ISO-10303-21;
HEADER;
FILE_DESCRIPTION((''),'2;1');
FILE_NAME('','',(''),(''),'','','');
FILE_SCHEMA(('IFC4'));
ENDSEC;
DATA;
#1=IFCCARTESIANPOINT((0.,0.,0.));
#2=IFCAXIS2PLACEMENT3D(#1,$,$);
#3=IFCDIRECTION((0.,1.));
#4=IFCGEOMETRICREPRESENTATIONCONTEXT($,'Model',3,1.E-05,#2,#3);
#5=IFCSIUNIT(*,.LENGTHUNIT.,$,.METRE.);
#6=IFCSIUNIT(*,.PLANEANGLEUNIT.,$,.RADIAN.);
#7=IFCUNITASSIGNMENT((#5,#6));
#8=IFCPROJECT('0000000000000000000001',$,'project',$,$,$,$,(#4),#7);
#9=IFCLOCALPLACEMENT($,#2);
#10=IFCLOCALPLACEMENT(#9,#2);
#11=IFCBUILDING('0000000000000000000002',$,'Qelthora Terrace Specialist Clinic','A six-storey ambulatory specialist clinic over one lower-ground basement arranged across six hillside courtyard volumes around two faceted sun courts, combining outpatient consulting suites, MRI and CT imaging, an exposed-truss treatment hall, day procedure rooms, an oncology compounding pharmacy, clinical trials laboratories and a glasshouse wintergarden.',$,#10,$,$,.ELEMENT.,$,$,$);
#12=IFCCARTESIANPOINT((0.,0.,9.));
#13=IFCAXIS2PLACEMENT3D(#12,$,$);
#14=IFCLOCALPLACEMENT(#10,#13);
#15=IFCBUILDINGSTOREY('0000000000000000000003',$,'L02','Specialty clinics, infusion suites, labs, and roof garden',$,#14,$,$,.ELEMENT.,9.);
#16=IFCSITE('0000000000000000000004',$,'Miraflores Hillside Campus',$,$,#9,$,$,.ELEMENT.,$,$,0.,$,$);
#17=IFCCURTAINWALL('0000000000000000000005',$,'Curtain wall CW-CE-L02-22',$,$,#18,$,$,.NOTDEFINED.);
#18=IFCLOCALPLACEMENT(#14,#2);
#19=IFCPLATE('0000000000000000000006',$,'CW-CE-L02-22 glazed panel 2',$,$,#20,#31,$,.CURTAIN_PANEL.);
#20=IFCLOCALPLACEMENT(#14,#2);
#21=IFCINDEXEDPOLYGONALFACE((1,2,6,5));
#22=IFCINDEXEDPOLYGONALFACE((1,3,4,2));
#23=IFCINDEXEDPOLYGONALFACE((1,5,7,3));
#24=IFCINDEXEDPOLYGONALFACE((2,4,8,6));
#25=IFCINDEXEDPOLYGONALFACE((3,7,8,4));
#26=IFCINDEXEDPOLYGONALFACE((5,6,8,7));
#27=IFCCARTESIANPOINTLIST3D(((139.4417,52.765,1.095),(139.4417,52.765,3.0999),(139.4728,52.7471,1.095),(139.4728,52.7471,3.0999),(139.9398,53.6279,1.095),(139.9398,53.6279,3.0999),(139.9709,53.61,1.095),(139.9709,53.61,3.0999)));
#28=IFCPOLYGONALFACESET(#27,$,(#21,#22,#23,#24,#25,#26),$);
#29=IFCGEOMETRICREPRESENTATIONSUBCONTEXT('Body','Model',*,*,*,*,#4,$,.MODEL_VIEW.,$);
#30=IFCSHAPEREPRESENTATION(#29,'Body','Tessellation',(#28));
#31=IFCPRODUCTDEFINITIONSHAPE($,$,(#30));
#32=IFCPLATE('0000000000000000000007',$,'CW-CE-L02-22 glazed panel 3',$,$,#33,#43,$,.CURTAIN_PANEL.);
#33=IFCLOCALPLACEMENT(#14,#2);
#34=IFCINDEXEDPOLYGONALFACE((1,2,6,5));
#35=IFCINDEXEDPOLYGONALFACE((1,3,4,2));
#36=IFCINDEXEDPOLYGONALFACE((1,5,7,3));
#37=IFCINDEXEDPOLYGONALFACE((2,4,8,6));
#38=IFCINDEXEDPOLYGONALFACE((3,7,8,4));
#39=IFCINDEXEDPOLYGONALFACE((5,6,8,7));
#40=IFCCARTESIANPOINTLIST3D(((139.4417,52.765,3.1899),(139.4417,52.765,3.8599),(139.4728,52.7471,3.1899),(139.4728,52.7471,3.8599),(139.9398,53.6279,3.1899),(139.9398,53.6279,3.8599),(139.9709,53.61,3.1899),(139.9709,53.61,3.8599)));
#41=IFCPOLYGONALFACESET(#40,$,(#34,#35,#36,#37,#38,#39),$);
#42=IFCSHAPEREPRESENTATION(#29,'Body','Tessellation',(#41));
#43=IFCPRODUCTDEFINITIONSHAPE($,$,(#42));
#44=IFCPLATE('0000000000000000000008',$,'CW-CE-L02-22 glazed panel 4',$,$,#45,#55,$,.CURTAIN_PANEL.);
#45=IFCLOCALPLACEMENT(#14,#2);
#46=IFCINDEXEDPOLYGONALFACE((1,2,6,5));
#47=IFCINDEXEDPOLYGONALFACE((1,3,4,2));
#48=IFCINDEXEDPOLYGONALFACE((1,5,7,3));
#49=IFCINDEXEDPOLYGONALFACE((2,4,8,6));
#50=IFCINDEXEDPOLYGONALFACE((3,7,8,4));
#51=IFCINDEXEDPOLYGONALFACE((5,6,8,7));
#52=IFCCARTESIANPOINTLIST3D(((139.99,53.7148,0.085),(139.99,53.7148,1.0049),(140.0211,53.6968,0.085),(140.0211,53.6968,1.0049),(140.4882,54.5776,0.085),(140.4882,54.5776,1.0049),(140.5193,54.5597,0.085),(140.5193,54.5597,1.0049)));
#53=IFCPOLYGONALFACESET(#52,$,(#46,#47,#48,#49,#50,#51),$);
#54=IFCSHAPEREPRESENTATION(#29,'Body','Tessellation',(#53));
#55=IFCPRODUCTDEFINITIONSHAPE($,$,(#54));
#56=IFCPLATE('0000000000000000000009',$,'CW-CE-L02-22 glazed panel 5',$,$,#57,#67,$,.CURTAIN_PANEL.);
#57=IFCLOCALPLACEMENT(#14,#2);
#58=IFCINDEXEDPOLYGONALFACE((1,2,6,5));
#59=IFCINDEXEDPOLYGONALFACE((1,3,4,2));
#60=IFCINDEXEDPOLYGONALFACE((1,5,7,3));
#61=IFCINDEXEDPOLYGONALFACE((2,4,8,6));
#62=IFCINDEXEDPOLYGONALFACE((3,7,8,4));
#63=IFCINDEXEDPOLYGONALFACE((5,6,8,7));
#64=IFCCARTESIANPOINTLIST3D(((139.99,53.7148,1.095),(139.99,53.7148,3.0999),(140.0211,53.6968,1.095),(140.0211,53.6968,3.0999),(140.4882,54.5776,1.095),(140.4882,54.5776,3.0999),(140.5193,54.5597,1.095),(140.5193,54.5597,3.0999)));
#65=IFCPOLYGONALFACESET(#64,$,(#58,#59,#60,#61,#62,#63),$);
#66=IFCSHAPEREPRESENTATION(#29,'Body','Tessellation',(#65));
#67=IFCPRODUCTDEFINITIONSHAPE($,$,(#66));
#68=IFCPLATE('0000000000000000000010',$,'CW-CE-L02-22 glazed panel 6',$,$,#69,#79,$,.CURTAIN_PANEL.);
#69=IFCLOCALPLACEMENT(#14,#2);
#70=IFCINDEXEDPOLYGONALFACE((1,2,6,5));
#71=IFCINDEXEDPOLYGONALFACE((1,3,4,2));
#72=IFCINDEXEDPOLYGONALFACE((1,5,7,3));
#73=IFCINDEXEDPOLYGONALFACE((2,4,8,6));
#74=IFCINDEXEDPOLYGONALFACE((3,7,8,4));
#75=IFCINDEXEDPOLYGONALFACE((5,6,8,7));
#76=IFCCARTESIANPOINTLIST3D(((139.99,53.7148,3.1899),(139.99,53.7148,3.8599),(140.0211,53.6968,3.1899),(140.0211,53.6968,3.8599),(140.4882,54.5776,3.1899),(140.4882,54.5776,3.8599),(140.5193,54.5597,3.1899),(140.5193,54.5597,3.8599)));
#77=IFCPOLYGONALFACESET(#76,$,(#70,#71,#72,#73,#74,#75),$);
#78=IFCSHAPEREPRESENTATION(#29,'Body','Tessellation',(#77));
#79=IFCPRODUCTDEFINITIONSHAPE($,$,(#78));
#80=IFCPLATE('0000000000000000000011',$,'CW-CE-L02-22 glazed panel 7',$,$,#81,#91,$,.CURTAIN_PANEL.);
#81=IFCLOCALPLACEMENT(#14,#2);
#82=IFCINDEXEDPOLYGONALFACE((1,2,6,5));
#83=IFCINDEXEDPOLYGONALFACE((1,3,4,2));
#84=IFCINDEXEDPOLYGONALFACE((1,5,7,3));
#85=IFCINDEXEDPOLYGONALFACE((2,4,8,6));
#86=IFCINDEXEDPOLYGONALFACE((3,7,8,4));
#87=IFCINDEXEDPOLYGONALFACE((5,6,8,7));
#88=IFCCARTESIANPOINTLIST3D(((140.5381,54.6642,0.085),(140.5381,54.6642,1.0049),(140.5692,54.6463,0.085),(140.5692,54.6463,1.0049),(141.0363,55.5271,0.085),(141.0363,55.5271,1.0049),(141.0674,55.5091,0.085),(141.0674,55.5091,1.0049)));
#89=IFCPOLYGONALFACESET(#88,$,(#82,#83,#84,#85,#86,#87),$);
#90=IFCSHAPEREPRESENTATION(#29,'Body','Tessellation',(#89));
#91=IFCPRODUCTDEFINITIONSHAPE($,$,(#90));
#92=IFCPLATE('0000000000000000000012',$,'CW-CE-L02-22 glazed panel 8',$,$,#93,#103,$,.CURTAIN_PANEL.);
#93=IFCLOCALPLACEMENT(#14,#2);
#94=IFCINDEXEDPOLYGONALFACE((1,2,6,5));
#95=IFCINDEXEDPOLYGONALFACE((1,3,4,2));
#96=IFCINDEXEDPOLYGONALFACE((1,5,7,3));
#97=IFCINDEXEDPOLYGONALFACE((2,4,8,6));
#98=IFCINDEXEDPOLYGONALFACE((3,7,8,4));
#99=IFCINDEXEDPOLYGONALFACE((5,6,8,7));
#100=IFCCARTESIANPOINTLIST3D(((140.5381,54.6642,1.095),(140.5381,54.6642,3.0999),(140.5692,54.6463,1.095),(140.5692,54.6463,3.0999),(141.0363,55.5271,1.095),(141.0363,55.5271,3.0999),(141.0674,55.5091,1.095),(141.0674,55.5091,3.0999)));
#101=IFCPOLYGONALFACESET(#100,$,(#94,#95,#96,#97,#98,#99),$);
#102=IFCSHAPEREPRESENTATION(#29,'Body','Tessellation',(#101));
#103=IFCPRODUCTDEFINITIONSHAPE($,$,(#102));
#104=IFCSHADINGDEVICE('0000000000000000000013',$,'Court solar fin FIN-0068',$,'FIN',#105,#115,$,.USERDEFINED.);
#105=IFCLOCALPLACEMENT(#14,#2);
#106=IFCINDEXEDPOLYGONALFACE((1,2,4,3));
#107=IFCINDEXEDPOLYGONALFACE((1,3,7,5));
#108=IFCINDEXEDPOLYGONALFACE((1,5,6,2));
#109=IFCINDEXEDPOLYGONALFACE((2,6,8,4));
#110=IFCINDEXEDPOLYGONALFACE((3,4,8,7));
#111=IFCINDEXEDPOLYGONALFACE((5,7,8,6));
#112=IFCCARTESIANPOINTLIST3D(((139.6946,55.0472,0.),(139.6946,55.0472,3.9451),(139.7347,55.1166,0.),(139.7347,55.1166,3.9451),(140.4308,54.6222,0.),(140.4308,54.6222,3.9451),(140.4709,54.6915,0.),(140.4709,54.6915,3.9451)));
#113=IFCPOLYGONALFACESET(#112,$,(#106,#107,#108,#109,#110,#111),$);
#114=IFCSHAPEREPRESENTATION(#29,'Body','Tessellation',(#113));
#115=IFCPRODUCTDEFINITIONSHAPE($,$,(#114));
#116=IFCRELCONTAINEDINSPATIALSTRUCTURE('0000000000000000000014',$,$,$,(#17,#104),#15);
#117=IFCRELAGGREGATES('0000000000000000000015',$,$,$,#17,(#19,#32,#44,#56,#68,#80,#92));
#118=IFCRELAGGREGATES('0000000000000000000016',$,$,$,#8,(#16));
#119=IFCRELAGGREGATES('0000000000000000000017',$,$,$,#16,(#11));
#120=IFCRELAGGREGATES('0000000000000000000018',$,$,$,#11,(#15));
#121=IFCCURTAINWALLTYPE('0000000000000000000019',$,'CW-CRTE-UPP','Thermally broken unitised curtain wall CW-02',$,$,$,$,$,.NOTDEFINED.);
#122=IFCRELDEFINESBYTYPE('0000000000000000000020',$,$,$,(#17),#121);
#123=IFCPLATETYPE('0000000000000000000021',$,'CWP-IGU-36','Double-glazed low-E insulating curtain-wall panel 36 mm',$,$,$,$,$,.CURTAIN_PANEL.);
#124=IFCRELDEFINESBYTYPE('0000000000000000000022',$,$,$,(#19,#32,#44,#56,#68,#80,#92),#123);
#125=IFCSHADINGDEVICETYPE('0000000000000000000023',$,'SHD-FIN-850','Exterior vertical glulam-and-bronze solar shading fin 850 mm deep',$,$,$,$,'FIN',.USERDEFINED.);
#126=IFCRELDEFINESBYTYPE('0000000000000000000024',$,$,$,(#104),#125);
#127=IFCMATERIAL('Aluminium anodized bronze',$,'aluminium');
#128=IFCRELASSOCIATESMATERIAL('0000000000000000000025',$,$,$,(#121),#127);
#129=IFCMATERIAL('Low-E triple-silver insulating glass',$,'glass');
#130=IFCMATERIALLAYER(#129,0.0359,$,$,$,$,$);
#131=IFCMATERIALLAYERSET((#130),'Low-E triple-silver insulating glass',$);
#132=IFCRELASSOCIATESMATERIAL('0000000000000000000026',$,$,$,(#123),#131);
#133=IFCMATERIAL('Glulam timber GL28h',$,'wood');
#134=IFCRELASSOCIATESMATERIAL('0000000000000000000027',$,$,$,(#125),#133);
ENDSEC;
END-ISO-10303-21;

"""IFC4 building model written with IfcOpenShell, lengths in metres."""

from ifc_helpers import new_model, si_unit, direction, frame, origin, origin_2d, place, context, subcontext, project, spatial, rectangle, extrude, material, layer, layer_set, type_object, element, aggregate, save


model = new_model("IFC4")

# Units and contexts
model_context = context("Model", 3, precision=1e-05, world=origin(), true_north=direction((0.0, 1.0)))
body_context = subcontext(model_context, "Body", "Model", "MODEL_VIEW")
ifc_project = project(units=[si_unit("LENGTHUNIT", "METRE"), si_unit("PLANEANGLEUNIT", "RADIAN")], contexts=[model_context])

# Site, building, storey
site_placement = place(None, origin())
site = spatial("IfcSite", under=ifc_project, at=site_placement, Name="Miraflores Hillside Campus", CompositionType="ELEMENT", RefElevation=0.0)
building_placement = place(site_placement, origin())
building = spatial("IfcBuilding", under=site, at=building_placement, Name="Qelthora Terrace Specialist Clinic", Description="A six-storey ambulatory specialist clinic over one lower-ground basement arranged across six hillside courtyard volumes around two faceted sun courts, combining outpatient consulting suites, MRI and CT imaging, an exposed-truss treatment hall, day procedure rooms, an oncology compounding pharmacy, clinical trials laboratories and a glasshouse wintergarden.", CompositionType="ELEMENT")
storey_placement = place(building_placement, frame((0.0, 0.0, 9.0)))
storey = spatial("IfcBuildingStorey", under=building, at=storey_placement, Name="L02", Description="Specialty clinics, infusion suites, labs, and roof garden", CompositionType="ELEMENT", Elevation=9.0)

# Curtain wall
ifc_material_1 = material(Name="Aluminium anodized bronze", Category="aluminium")
curtain_wall_type = type_object("IfcCurtainWallType", Name="CW-CRTE-UPP", Description="Thermally broken unitised curtain wall CW-02", PredefinedType="NOTDEFINED", material=ifc_material_1)
curtain_wall_1_placement = place(storey_placement, origin())
curtain_wall_1 = element("IfcCurtainWall", 1, at=curtain_wall_1_placement, inside=storey, type_object=curtain_wall_type, Name="Curtain wall CW-CE-L02-22", PredefinedType="NOTDEFINED")

# Plates
ifc_material_2 = material(Name="Low-E triple-silver insulating glass", Category="glass")
ifc_layer = layer(ifc_material_2, 0.0359)
ifc_layer_set = layer_set([ifc_layer], Name="Low-E triple-silver insulating glass")
plate_type = type_object("IfcPlateType", Name="CWP-IGU-36", Description="Double-glazed low-E insulating curtain-wall panel 36 mm", PredefinedType="CURTAIN_PANEL", material=ifc_layer_set)
plate_1_placement = place(storey_placement, frame((139.7063, 53.1875, 1.095), z_axis=(0.0, 0.0, 1.0), x_axis=(0.5, 0.866025, 0.0)))
plate_1 = element("IfcPlate", 2, at=plate_1_placement, type_object=plate_type, Name="CW-CE-L02-22 glazed panel 2", PredefinedType="CURTAIN_PANEL", context=body_context, shape_type="SweptSolid", body=[
    extrude(rectangle(XDim=0.9963, YDim=0.0359, at=origin_2d()), origin(), (0.0, 0.0, 1.0), 2.0049),
])
plate_2_placement = place(storey_placement, frame((139.7063, 53.1875, 3.1899), z_axis=(0.0, 0.0, 1.0), x_axis=(0.5, 0.866025, 0.0)))
plate_2 = element("IfcPlate", 3, at=plate_2_placement, type_object=plate_type, Name="CW-CE-L02-22 glazed panel 3", PredefinedType="CURTAIN_PANEL", context=body_context, shape_type="SweptSolid", body=[
    extrude(rectangle(XDim=0.9963, YDim=0.0359, at=origin_2d()), origin(), (0.0, 0.0, 1.0), 0.6699),
])
plate_3_placement = place(storey_placement, frame((140.2546, 54.1372, 0.085), z_axis=(0.0, 0.0, 1.0), x_axis=(0.5, 0.866025, 0.0)))
plate_3 = element("IfcPlate", 4, at=plate_3_placement, type_object=plate_type, Name="CW-CE-L02-22 glazed panel 4", PredefinedType="CURTAIN_PANEL", context=body_context, shape_type="SweptSolid", body=[
    extrude(rectangle(XDim=0.9963, YDim=0.0359, at=origin_2d()), origin(), (0.0, 0.0, 1.0), 0.9199),
])
plate_4_placement = place(storey_placement, frame((140.2546, 54.1372, 1.095), z_axis=(0.0, 0.0, 1.0), x_axis=(0.5, 0.866025, 0.0)))
plate_4 = element("IfcPlate", 5, at=plate_4_placement, type_object=plate_type, Name="CW-CE-L02-22 glazed panel 5", PredefinedType="CURTAIN_PANEL", context=body_context, shape_type="SweptSolid", body=[
    extrude(rectangle(XDim=0.9963, YDim=0.0359, at=origin_2d()), origin(), (0.0, 0.0, 1.0), 2.0049),
])
plate_5_placement = place(storey_placement, frame((140.2546, 54.1372, 3.1899), z_axis=(0.0, 0.0, 1.0), x_axis=(0.5, 0.866025, 0.0)))
plate_5 = element("IfcPlate", 6, at=plate_5_placement, type_object=plate_type, Name="CW-CE-L02-22 glazed panel 6", PredefinedType="CURTAIN_PANEL", context=body_context, shape_type="SweptSolid", body=[
    extrude(rectangle(XDim=0.9963, YDim=0.0359, at=origin_2d()), origin(), (0.0, 0.0, 1.0), 0.6699),
])
plate_6_placement = place(storey_placement, frame((140.8027, 55.0867, 0.085), z_axis=(0.0, 0.0, 1.0), x_axis=(0.5, 0.866025, 0.0)))
plate_6 = element("IfcPlate", 7, at=plate_6_placement, type_object=plate_type, Name="CW-CE-L02-22 glazed panel 7", PredefinedType="CURTAIN_PANEL", context=body_context, shape_type="SweptSolid", body=[
    extrude(rectangle(XDim=0.9963, YDim=0.0359, at=origin_2d()), origin(), (0.0, 0.0, 1.0), 0.9199),
])
plate_7_placement = place(storey_placement, frame((140.8027, 55.0867, 1.095), z_axis=(0.0, 0.0, 1.0), x_axis=(0.5, 0.866025, 0.0)))
plate_7 = element("IfcPlate", 8, at=plate_7_placement, type_object=plate_type, Name="CW-CE-L02-22 glazed panel 8", PredefinedType="CURTAIN_PANEL", context=body_context, shape_type="SweptSolid", body=[
    extrude(rectangle(XDim=0.9963, YDim=0.0359, at=origin_2d()), origin(), (0.0, 0.0, 1.0), 2.0049),
])
aggregate(curtain_wall_1, [plate_1, plate_2, plate_3, plate_4, plate_5, plate_6, plate_7])

# Shading device
ifc_material_3 = material(Name="Glulam timber GL28h", Category="wood")
shading_device_type = type_object("IfcShadingDeviceType", Name="SHD-FIN-850", Description="Exterior vertical glulam-and-bronze solar shading fin 850 mm deep", ElementType="FIN", PredefinedType="USERDEFINED", material=ifc_material_3)
shading_device_placement = place(storey_placement, frame((140.0828, 54.8694, 0.0), z_axis=(0.0, 0.0, 1.0), x_axis=(-0.866025, 0.5, 0.0)))
element("IfcShadingDevice", 9, at=shading_device_placement, inside=storey, type_object=shading_device_type, Name="Court solar fin FIN-0068", ObjectType="FIN", PredefinedType="USERDEFINED", context=body_context, shape_type="SweptSolid", body=[
    extrude(rectangle(XDim=0.8501, YDim=0.0801, at=origin_2d()), origin(), (0.0, 0.0, 1.0), 3.9451),
])

save(model, "model.ifc")
